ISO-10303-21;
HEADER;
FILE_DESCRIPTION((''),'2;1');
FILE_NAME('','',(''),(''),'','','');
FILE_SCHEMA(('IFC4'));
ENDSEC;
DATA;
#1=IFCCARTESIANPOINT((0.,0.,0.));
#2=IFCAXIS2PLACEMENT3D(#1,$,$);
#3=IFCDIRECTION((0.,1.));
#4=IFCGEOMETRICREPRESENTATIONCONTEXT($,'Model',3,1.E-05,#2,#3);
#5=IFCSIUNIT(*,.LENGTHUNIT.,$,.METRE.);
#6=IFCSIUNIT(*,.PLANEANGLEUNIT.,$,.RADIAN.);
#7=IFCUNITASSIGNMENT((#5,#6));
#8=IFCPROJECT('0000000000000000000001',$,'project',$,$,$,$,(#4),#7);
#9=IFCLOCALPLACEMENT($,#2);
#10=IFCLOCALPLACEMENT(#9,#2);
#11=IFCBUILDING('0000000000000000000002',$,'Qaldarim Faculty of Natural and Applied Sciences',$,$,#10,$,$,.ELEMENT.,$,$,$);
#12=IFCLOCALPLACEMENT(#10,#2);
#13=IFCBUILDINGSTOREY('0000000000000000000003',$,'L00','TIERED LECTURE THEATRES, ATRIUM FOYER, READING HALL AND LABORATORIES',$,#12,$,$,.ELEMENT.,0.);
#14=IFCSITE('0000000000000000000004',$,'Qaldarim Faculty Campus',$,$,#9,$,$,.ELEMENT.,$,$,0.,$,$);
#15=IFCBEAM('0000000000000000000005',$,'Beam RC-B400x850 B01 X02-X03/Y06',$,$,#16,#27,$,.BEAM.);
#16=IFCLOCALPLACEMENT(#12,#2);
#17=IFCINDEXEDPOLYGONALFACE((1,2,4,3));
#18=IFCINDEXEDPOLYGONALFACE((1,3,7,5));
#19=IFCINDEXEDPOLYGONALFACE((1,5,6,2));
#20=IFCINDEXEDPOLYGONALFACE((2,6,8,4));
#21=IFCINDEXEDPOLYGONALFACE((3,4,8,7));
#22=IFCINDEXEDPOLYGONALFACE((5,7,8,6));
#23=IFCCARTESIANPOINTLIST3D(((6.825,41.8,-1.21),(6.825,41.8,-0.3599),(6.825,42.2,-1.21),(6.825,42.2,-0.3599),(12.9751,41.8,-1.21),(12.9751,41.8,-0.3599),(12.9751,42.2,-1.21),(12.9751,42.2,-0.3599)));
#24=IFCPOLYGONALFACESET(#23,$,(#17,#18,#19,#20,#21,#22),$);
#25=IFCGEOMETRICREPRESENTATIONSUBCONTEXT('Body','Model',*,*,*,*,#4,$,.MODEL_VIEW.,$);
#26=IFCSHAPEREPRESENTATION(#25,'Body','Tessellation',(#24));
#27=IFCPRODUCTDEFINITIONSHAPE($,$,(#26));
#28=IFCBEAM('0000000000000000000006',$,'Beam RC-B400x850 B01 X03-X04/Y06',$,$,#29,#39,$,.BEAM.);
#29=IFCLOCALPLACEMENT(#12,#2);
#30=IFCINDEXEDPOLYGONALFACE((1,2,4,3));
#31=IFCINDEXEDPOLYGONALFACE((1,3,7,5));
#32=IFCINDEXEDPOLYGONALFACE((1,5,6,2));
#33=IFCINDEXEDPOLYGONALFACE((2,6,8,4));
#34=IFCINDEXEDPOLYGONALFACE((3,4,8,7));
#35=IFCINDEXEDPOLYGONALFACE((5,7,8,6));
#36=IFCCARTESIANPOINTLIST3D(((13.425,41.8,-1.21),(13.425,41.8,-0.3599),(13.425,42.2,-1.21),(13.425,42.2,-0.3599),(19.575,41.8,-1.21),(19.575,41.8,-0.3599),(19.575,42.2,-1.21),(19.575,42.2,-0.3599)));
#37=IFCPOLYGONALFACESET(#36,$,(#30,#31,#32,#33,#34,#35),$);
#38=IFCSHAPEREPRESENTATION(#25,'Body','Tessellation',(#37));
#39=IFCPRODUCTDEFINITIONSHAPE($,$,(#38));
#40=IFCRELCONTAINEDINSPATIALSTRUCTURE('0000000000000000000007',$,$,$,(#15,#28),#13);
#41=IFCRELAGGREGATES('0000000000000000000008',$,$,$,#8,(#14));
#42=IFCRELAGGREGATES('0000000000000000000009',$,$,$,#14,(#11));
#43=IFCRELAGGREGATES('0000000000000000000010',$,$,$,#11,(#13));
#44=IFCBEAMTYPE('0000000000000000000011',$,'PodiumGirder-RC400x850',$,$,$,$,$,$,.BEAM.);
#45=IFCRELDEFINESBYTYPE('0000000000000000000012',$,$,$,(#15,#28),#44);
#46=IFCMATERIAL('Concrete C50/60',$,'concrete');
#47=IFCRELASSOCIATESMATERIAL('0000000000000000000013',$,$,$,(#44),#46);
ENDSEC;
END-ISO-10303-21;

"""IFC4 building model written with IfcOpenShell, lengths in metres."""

from ifc_helpers import new_model, si_unit, direction, frame, origin, origin_2d, place, context, subcontext, project, spatial, rectangle, extrude, material, material_profile, profile_set, type_object, element, save


model = new_model("IFC4")

# Units and contexts
model_context = context("Model", 3, precision=1e-05, world=origin(), true_north=direction((0.0, 1.0)))
body_context = subcontext(model_context, "Body", "Model", "MODEL_VIEW")
ifc_project = project(units=[si_unit("LENGTHUNIT", "METRE"), si_unit("PLANEANGLEUNIT", "RADIAN")], contexts=[model_context])

# Site, building, storey
site_placement = place(None, origin())
site = spatial("IfcSite", under=ifc_project, at=site_placement, Name="Qaldarim Faculty Campus", CompositionType="ELEMENT", RefElevation=0.0)
building_placement = place(site_placement, origin())
building = spatial("IfcBuilding", under=site, at=building_placement, Name="Qaldarim Faculty of Natural and Applied Sciences", CompositionType="ELEMENT")
storey_placement = place(building_placement, origin())
storey = spatial("IfcBuildingStorey", under=building, at=storey_placement, Name="L00", Description="TIERED LECTURE THEATRES, ATRIUM FOYER, READING HALL AND LABORATORIES", CompositionType="ELEMENT", Elevation=0.0)

# Beams
ifc_material_1 = material(Name="Concrete C50/60", Category="concrete")
ifc_material_profile_1 = material_profile(ifc_material_1, rectangle(XDim=0.3999, YDim=0.8501, at=origin_2d()), Name="RC-B400x850")
ifc_profile_set_1 = profile_set([ifc_material_profile_1], Name="Concrete C50/60")
beam_type_1 = type_object("IfcBeamType", Name="PodiumGirder-RC400x850", PredefinedType="BEAM", material=ifc_profile_set_1)
for number, where, z_axis, x_axis, name in (
    (1, (6.825, 42.0, -0.7849), (1.0, 0.0, 0.0), (0.0, 1.0, 0.0), "Beam RC-B400x850 B01 X02-X03/Y06"),
):
    element("IfcBeam", number, at=place(storey_placement, frame(where, z_axis=z_axis, x_axis=x_axis)), inside=storey, type_object=beam_type_1, Name=name, PredefinedType="BEAM", context=body_context, shape_type="SweptSolid", body=[
        extrude(rectangle(XDim=0.3999, YDim=0.8501, at=origin_2d()), origin(), (0.0, 0.0, 1.0), 6.1501),
    ])
beam_1_placement = place(storey_placement, frame((13.425, 42.0, -0.7849), z_axis=(1.0, 0.0, 0.0), x_axis=(0.0, 1.0, 0.0)))
element("IfcBeam", 2, at=beam_1_placement, inside=storey, type_object=beam_type_1, Name="Beam RC-B400x850 B01 X03-X04/Y06", PredefinedType="BEAM", context=body_context, shape_type="SweptSolid", body=[
    extrude(rectangle(XDim=0.3999, YDim=0.8501, at=origin_2d()), origin(), (0.0, 0.0, 1.0), 6.1499),
])

save(model, "model.ifc")
